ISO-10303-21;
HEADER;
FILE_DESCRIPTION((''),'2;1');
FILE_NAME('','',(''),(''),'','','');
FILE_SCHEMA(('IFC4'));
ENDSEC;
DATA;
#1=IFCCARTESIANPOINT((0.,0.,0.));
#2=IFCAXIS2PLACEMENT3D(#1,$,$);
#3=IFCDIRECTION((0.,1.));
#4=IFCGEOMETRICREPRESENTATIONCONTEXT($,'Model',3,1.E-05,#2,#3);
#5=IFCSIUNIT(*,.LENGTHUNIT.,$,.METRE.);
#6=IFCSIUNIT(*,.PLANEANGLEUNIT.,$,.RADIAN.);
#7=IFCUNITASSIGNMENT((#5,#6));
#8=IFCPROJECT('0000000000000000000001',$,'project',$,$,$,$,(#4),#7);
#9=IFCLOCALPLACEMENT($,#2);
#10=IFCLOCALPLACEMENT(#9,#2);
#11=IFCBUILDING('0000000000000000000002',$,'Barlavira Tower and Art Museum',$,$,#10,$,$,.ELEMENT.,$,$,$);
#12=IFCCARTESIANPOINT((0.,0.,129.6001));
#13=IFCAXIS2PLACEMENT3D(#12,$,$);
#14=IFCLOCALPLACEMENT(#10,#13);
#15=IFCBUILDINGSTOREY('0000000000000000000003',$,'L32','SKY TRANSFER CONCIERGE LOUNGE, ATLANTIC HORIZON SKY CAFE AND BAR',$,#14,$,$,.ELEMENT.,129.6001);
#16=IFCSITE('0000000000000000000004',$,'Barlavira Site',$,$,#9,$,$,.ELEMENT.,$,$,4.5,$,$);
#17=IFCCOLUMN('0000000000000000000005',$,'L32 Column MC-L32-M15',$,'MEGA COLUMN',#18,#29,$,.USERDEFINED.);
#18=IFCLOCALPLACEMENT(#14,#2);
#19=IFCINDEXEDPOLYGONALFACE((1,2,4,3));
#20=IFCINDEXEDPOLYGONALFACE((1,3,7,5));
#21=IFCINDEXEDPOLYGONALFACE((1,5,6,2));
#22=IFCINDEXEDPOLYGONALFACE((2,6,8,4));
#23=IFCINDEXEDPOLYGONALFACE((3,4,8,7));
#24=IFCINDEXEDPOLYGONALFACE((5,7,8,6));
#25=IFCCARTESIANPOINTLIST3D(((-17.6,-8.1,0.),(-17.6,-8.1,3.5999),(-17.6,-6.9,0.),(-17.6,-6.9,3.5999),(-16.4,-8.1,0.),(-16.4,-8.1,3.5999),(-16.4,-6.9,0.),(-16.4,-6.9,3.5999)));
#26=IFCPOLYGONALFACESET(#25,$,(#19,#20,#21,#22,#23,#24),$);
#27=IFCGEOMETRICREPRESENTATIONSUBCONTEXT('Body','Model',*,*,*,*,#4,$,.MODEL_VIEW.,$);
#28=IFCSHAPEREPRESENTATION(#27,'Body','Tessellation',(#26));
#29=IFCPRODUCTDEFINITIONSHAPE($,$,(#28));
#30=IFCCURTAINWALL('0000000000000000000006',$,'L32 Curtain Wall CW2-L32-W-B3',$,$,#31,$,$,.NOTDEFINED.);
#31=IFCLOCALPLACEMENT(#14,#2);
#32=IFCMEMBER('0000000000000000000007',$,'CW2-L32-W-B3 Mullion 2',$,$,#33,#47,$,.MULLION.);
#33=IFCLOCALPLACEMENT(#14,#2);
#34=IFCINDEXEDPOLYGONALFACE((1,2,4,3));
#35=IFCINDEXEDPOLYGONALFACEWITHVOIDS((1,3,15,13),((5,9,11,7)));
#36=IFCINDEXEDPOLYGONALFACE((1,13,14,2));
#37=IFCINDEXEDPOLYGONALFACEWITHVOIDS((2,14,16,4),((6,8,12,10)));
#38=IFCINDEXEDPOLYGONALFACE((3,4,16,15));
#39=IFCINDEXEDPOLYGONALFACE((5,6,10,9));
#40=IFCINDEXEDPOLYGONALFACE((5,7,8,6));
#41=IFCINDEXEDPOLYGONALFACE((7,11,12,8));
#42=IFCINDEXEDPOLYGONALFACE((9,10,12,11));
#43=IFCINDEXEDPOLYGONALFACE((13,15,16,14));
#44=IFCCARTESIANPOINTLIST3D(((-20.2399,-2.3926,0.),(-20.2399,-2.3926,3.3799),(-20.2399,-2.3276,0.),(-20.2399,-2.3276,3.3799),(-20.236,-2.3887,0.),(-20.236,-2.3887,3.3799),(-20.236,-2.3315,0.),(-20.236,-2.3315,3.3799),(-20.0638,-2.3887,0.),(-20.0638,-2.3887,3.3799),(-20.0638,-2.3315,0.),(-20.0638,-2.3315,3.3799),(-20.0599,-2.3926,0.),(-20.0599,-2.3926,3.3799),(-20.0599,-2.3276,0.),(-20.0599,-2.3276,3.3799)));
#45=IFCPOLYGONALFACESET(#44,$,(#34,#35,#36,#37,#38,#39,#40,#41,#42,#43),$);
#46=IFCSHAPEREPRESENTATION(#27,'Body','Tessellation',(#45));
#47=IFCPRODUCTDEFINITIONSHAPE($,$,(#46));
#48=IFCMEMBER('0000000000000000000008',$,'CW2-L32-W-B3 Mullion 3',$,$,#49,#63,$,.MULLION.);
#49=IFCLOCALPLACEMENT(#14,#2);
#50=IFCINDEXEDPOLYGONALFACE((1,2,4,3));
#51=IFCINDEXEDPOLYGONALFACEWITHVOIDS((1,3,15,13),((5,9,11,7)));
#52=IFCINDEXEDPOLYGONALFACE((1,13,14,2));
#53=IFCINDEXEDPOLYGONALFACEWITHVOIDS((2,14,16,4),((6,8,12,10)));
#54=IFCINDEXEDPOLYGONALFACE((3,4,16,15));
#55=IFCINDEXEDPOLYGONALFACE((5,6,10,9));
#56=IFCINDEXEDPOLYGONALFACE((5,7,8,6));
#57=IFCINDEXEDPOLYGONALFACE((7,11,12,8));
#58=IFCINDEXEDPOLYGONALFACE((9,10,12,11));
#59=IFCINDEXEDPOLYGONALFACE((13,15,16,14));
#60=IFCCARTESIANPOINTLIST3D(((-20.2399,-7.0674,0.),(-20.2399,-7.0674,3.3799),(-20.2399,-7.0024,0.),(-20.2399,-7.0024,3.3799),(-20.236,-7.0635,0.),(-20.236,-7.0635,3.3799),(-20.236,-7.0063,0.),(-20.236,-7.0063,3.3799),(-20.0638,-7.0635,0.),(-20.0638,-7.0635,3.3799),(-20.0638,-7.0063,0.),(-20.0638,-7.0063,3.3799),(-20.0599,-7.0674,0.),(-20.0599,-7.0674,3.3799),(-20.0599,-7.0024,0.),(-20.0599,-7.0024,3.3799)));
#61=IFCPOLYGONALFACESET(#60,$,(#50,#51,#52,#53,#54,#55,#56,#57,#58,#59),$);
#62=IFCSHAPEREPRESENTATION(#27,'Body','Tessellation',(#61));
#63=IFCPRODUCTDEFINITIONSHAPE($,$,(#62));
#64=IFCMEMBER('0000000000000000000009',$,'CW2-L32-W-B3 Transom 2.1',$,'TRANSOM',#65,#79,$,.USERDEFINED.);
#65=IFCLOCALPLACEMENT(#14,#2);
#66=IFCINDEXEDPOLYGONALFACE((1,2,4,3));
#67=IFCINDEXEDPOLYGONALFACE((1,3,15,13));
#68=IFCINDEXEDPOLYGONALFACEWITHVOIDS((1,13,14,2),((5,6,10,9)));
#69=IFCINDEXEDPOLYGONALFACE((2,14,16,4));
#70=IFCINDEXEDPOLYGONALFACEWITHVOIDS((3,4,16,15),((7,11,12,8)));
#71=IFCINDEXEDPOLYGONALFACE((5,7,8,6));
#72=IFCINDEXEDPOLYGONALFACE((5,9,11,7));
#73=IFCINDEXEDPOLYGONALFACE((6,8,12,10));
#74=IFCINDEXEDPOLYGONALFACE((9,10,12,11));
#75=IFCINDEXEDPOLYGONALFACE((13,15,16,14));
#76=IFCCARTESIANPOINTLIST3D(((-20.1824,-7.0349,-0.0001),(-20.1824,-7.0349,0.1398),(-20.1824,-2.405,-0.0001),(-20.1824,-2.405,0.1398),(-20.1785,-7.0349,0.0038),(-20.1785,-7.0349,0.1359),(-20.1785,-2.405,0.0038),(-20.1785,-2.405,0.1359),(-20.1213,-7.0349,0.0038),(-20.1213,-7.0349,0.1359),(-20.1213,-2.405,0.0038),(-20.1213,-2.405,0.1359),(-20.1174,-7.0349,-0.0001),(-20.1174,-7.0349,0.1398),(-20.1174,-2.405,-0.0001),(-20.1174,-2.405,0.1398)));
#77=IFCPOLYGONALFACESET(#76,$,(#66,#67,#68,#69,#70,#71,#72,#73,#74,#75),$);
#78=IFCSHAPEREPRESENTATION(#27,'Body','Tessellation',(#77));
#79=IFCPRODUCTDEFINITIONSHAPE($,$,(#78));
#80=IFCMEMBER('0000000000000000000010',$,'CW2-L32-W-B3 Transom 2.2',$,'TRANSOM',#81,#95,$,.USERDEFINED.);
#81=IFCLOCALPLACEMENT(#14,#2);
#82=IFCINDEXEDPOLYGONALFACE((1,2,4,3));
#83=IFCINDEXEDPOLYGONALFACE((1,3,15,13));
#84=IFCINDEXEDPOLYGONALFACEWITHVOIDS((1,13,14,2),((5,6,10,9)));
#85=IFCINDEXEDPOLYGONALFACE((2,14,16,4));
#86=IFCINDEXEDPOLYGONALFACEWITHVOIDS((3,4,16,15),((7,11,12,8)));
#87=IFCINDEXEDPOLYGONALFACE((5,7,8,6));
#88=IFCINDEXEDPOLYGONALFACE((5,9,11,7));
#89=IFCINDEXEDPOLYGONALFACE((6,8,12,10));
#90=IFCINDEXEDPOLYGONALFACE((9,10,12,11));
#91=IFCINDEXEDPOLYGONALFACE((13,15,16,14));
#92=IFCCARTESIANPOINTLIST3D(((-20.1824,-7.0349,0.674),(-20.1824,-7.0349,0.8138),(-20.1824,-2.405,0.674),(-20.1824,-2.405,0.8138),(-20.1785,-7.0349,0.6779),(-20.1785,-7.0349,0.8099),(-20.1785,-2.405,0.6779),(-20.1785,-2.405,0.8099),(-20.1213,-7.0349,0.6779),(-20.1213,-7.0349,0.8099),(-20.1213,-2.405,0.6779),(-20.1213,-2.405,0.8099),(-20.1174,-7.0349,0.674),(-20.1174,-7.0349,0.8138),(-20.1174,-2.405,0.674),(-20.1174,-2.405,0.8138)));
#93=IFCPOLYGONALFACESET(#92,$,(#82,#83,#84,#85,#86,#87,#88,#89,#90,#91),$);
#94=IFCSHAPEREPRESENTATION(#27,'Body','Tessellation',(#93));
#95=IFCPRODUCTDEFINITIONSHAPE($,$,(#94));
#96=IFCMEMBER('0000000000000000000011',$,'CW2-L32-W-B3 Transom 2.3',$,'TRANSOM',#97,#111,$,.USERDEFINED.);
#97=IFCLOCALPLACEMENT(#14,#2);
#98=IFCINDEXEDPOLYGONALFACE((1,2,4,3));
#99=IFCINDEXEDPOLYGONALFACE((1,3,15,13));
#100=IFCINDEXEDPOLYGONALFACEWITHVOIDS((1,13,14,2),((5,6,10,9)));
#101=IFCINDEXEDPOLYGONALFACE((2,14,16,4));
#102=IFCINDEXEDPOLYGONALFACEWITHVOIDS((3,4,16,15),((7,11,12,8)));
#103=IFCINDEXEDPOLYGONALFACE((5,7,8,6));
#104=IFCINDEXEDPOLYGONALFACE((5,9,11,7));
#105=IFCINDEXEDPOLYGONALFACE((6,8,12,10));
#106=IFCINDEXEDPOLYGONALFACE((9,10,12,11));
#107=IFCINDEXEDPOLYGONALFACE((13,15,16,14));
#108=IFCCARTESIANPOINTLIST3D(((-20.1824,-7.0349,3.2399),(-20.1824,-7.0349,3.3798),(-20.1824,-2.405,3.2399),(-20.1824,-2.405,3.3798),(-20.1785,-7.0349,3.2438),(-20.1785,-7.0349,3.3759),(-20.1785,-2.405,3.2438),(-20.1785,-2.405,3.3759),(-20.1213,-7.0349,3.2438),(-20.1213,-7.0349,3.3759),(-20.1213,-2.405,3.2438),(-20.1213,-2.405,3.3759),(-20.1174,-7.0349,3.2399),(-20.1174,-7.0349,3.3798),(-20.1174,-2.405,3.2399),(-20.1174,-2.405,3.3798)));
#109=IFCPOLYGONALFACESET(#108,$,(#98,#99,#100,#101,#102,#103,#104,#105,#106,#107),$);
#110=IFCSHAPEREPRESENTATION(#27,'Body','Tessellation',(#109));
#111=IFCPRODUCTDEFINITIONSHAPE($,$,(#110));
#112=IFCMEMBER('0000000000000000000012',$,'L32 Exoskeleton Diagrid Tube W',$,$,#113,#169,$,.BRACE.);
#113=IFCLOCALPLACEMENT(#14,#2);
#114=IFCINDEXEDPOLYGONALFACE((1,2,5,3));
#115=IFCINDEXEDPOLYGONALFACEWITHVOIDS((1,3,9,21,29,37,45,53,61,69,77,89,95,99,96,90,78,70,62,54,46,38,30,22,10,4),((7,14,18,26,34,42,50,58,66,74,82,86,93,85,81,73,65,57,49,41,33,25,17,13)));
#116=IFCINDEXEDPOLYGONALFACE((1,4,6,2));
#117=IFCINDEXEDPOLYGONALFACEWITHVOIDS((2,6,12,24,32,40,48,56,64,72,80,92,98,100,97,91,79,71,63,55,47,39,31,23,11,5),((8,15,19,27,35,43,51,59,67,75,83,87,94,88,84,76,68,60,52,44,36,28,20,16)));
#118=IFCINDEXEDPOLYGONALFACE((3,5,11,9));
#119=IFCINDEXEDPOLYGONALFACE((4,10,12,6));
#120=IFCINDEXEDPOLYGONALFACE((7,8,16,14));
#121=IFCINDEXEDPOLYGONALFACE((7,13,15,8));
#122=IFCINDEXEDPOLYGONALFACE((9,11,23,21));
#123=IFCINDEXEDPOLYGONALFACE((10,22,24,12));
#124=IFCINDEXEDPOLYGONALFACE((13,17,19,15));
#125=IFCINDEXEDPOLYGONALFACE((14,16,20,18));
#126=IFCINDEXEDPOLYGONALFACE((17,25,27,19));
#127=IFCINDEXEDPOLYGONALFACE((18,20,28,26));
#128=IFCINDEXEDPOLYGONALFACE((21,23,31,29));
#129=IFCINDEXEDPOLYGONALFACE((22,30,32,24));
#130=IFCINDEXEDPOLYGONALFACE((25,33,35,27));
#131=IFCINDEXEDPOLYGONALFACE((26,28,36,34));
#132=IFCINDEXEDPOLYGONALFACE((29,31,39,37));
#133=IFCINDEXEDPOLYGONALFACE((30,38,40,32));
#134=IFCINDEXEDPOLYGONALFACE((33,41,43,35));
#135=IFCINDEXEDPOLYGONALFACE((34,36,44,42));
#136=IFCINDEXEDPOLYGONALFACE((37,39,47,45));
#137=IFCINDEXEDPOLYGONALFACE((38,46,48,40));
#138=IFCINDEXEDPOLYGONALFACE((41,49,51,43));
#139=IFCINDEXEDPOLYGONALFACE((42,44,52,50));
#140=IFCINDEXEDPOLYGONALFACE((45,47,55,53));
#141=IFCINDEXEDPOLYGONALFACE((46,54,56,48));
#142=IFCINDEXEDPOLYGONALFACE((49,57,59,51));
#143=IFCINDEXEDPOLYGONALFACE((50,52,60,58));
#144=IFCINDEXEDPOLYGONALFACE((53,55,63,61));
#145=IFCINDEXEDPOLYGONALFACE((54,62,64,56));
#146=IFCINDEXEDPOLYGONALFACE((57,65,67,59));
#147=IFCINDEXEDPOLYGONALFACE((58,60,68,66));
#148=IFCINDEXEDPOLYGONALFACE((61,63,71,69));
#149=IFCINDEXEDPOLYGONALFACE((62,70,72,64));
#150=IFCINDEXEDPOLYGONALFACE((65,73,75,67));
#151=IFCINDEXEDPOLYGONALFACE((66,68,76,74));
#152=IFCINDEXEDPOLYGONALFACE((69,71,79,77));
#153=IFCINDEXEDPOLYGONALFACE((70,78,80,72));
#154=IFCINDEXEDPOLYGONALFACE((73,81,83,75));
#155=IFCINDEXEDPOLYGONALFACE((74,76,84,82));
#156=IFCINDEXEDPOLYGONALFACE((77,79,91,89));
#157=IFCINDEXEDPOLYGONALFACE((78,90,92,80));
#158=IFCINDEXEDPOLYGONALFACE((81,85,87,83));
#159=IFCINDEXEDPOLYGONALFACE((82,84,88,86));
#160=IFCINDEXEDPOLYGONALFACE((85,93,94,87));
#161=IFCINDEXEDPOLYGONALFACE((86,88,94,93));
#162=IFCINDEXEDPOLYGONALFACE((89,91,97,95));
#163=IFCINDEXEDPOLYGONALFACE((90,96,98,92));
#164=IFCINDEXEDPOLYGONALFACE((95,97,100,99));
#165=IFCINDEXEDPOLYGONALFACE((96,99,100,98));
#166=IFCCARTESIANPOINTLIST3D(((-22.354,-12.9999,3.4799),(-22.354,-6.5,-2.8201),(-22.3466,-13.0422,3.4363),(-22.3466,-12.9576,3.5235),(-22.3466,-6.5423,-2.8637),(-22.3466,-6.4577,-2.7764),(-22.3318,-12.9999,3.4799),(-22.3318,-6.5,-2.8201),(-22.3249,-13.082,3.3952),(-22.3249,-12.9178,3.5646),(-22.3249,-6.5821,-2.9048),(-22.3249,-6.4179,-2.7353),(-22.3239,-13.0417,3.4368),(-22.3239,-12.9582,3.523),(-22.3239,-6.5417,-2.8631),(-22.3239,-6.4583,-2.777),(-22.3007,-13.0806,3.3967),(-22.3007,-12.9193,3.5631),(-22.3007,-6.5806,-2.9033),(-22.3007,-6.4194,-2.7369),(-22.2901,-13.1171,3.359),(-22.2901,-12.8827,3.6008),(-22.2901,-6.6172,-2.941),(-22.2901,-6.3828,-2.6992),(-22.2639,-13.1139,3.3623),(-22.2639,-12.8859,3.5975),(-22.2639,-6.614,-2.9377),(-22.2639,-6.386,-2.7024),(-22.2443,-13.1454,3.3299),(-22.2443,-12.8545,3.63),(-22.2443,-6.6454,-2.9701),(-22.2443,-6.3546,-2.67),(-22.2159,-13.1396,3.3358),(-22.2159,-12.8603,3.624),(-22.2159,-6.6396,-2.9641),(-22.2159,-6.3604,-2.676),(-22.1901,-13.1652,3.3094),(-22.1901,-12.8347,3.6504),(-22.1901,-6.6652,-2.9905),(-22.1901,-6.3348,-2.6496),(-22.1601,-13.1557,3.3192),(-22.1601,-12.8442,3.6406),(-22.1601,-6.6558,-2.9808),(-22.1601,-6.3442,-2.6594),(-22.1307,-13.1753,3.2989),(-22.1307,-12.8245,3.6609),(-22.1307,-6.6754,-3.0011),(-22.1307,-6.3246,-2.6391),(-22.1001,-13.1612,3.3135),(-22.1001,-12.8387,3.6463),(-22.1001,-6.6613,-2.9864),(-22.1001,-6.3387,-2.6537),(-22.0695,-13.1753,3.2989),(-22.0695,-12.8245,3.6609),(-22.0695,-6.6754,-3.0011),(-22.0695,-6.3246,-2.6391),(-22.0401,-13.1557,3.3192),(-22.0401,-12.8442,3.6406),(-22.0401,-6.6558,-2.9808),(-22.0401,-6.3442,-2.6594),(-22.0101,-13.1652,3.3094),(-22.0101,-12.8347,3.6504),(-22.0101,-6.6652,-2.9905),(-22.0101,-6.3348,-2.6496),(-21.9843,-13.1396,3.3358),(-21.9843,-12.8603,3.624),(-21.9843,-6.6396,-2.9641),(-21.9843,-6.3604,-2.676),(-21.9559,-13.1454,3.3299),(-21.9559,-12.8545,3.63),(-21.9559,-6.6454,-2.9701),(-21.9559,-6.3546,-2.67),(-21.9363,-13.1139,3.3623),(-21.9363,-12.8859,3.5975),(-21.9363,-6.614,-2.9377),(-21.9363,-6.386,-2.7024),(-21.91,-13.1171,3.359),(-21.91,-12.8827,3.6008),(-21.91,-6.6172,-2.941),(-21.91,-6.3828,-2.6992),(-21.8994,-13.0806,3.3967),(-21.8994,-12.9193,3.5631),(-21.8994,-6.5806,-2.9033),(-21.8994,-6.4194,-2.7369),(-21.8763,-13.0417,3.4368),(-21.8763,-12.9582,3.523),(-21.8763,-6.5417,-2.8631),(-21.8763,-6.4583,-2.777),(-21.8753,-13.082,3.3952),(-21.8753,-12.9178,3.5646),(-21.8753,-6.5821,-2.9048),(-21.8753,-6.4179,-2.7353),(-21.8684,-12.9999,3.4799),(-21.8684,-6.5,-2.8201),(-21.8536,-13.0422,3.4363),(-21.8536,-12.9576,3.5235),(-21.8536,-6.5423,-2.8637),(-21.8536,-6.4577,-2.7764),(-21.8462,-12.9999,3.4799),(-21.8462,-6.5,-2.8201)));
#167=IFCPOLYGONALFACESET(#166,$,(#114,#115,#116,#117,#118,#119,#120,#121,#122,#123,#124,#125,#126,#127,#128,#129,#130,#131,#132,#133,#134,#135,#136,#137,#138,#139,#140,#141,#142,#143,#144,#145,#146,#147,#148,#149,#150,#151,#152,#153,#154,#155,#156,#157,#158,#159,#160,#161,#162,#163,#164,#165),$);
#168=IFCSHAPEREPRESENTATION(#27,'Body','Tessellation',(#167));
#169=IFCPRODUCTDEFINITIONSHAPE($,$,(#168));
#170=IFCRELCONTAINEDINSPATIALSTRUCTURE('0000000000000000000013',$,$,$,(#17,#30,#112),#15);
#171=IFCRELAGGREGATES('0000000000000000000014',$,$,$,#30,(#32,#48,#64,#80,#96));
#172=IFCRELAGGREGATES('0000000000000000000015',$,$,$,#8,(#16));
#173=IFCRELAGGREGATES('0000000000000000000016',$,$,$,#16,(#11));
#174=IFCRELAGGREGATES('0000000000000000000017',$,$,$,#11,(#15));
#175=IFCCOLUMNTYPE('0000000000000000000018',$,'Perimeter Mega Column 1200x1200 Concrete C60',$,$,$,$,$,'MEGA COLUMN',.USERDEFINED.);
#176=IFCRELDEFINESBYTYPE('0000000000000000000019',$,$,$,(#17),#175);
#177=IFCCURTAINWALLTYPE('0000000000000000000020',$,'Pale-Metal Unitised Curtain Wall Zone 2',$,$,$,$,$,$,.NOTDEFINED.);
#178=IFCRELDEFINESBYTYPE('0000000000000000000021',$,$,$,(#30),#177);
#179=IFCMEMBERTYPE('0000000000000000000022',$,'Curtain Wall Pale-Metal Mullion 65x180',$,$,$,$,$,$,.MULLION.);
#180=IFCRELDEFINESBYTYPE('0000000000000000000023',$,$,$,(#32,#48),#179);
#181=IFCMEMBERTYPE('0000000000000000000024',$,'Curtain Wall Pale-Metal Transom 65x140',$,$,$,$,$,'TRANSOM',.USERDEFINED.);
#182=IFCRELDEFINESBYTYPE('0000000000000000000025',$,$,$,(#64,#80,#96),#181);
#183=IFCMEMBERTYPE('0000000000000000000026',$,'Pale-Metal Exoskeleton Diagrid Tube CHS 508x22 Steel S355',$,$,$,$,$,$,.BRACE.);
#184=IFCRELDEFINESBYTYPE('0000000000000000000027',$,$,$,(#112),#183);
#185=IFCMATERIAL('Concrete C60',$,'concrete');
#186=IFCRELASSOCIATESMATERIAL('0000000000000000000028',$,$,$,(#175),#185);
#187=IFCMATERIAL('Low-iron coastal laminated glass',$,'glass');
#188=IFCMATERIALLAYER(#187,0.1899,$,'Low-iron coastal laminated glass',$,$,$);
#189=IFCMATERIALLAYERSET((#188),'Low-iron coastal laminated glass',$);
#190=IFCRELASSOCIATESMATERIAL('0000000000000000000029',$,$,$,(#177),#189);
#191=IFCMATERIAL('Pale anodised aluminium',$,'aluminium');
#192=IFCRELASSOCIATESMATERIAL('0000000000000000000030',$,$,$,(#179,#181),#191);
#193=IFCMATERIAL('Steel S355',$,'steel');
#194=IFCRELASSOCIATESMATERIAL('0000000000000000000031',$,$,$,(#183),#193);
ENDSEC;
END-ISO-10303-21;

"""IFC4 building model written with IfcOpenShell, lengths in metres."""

from ifc_helpers import new_model, si_unit, direction, frame, origin, origin_2d, place, context, subcontext, project, spatial, rectangle, hollow_rectangle, hollow_circle, extrude, material, layer, layer_set, material_profile, profile_set, type_object, element, aggregate, save


model = new_model("IFC4")

# Units and contexts
model_context = context("Model", 3, precision=1e-05, world=origin(), true_north=direction((0.0, 1.0)))
body_context = subcontext(model_context, "Body", "Model", "MODEL_VIEW")
ifc_project = project(units=[si_unit("LENGTHUNIT", "METRE"), si_unit("PLANEANGLEUNIT", "RADIAN")], contexts=[model_context])

# Site, building, storey
site_placement = place(None, origin())
site = spatial("IfcSite", under=ifc_project, at=site_placement, Name="Barlavira Site", CompositionType="ELEMENT", RefElevation=4.5)
building_placement = place(site_placement, origin())
building = spatial("IfcBuilding", under=site, at=building_placement, Name="Barlavira Tower and Art Museum", CompositionType="ELEMENT")
storey_placement = place(building_placement, frame((0.0, 0.0, 129.6001)))
storey = spatial("IfcBuildingStorey", under=building, at=storey_placement, Name="L32", Description="SKY TRANSFER CONCIERGE LOUNGE, ATLANTIC HORIZON SKY CAFE AND BAR", CompositionType="ELEMENT", Elevation=129.6001)

# Column
ifc_material_1 = material(Name="Concrete C60", Category="concrete")
ifc_material_profile_1 = material_profile(ifc_material_1, rectangle(XDim=1.2, YDim=1.2, at=origin_2d()), Name="RC-COL 1200x1200")
ifc_profile_set_1 = profile_set([ifc_material_profile_1], Name="Concrete C60")
column_type = type_object("IfcColumnType", Name="Perimeter Mega Column 1200x1200 Concrete C60", ElementType="MEGA COLUMN", PredefinedType="USERDEFINED", material=ifc_profile_set_1)
column_placement = place(storey_placement, frame((-17.0, -7.5, 0.0), z_axis=(0.0, 0.0, 1.0), x_axis=(1.0, 0.0, 0.0)))
element("IfcColumn", 1, at=column_placement, inside=storey, type_object=column_type, Name="L32 Column MC-L32-M15", ObjectType="MEGA COLUMN", PredefinedType="USERDEFINED", context=body_context, shape_type="SweptSolid", body=[
    extrude(rectangle(XDim=1.2, YDim=1.2, at=origin_2d()), origin(), (0.0, 0.0, 1.0), 3.5999),
])

# Curtain wall, members
ifc_material_2 = material(Name="Low-iron coastal laminated glass", Category="glass")
ifc_layer_1 = layer(ifc_material_2, 0.1899, Name="Low-iron coastal laminated glass")
ifc_layer_set_1 = layer_set([ifc_layer_1], Name="Low-iron coastal laminated glass")
curtain_wall_type = type_object("IfcCurtainWallType", Name="Pale-Metal Unitised Curtain Wall Zone 2", PredefinedType="NOTDEFINED", material=ifc_layer_set_1)
curtain_wall_placement = place(storey_placement, origin())
curtain_wall = element("IfcCurtainWall", 2, at=curtain_wall_placement, inside=storey, type_object=curtain_wall_type, Name="L32 Curtain Wall CW2-L32-W-B3", PredefinedType="NOTDEFINED")
ifc_material_3 = material(Name="Pale anodised aluminium", Category="aluminium")
ifc_material_profile_2 = material_profile(ifc_material_3, hollow_rectangle(XDim=0.0649, YDim=0.1799, WallThickness=0.0039, at=origin_2d()), Name="ALU-MULL 65x180x4")
ifc_profile_set_2 = profile_set([ifc_material_profile_2], Name="Pale anodised aluminium")
member_type_1 = type_object("IfcMemberType", Name="Curtain Wall Pale-Metal Mullion 65x180", PredefinedType="MULLION", material=ifc_profile_set_2)
member_1_placement = place(storey_placement, frame((-20.1499, -2.3601, 0.0), z_axis=(0.0, 0.0, 1.0), x_axis=(0.0, -1.0, 0.0)))
member_1 = element("IfcMember", 3, at=member_1_placement, type_object=member_type_1, Name="CW2-L32-W-B3 Mullion 2", PredefinedType="MULLION", context=body_context, shape_type="SweptSolid", body=[
    extrude(hollow_rectangle(XDim=0.0649, YDim=0.1799, WallThickness=0.0039, at=origin_2d()), origin(), (0.0, 0.0, 1.0), 3.3799),
])
member_2_placement = place(storey_placement, frame((-20.1499, -7.0349, 0.0), z_axis=(0.0, 0.0, 1.0), x_axis=(0.0, -1.0, 0.0)))
member_2 = element("IfcMember", 4, at=member_2_placement, type_object=member_type_1, Name="CW2-L32-W-B3 Mullion 3", PredefinedType="MULLION", context=body_context, shape_type="SweptSolid", body=[
    extrude(hollow_rectangle(XDim=0.0649, YDim=0.1799, WallThickness=0.0039, at=origin_2d()), origin(), (0.0, 0.0, 1.0), 3.3799),
])
ifc_material_profile_3 = material_profile(ifc_material_3, hollow_rectangle(XDim=0.0649, YDim=0.1399, WallThickness=0.0039, at=origin_2d()), Name="ALU-TRAN 65x140x4")
ifc_profile_set_3 = profile_set([ifc_material_profile_3], Name="Pale anodised aluminium")
member_type_2 = type_object("IfcMemberType", Name="Curtain Wall Pale-Metal Transom 65x140", ElementType="TRANSOM", PredefinedType="USERDEFINED", material=ifc_profile_set_3)
member_3_placement = place(storey_placement, frame((-20.1499, -2.405, 0.0698), z_axis=(0.0, -1.0, 0.0), x_axis=(1.0, 0.0, 0.0)))
member_3 = element("IfcMember", 5, at=member_3_placement, type_object=member_type_2, Name="CW2-L32-W-B3 Transom 2.1", ObjectType="TRANSOM", PredefinedType="USERDEFINED", context=body_context, shape_type="SweptSolid", body=[
    extrude(hollow_rectangle(XDim=0.0649, YDim=0.1399, WallThickness=0.0039, at=origin_2d()), origin(), (0.0, 0.0, 1.0), 4.6299),
])
member_4_placement = place(storey_placement, frame((-20.1499, -2.405, 0.7439), z_axis=(0.0, -1.0, 0.0), x_axis=(1.0, 0.0, 0.0)))
member_4 = element("IfcMember", 6, at=member_4_placement, type_object=member_type_2, Name="CW2-L32-W-B3 Transom 2.2", ObjectType="TRANSOM", PredefinedType="USERDEFINED", context=body_context, shape_type="SweptSolid", body=[
    extrude(hollow_rectangle(XDim=0.0649, YDim=0.1399, WallThickness=0.0039, at=origin_2d()), origin(), (0.0, 0.0, 1.0), 4.6299),
])
member_5_placement = place(storey_placement, frame((-20.1499, -2.405, 3.3098), z_axis=(0.0, -1.0, 0.0), x_axis=(1.0, 0.0, 0.0)))
member_5 = element("IfcMember", 7, at=member_5_placement, type_object=member_type_2, Name="CW2-L32-W-B3 Transom 2.3", ObjectType="TRANSOM", PredefinedType="USERDEFINED", context=body_context, shape_type="SweptSolid", body=[
    extrude(hollow_rectangle(XDim=0.0649, YDim=0.1399, WallThickness=0.0039, at=origin_2d()), origin(), (0.0, 0.0, 1.0), 4.6299),
])

# Member
ifc_material_4 = material(Name="Steel S355", Category="steel")
ifc_material_profile_4 = material_profile(ifc_material_4, hollow_circle(Radius=0.2539, WallThickness=0.0222, at=origin_2d()), Name="CHS 508.0x22.2")
ifc_profile_set_4 = profile_set([ifc_material_profile_4], Name="Steel S355")
member_type_3 = type_object("IfcMemberType", Name="Pale-Metal Exoskeleton Diagrid Tube CHS 508x22 Steel S355", PredefinedType="BRACE", material=ifc_profile_set_4)
for number, where, z_axis, x_axis, name in (
    (8, (-22.1001, -6.5, -2.8201), (0.0, -0.718065, 0.695976), (1.0, 0.0, 0.0), "L32 Exoskeleton Diagrid Tube W"),
):
    element("IfcMember", number, at=place(storey_placement, frame(where, z_axis=z_axis, x_axis=x_axis)), inside=storey, type_object=member_type_3, Name=name, PredefinedType="BRACE", context=body_context, shape_type="SweptSolid", body=[
        extrude(hollow_circle(Radius=0.2539, WallThickness=0.0222, at=origin_2d()), origin(), (0.0, 0.0, 1.0), 9.052),
    ])

aggregate(curtain_wall, [member_1, member_2, member_3, member_4, member_5])

save(model, "model.ifc")
